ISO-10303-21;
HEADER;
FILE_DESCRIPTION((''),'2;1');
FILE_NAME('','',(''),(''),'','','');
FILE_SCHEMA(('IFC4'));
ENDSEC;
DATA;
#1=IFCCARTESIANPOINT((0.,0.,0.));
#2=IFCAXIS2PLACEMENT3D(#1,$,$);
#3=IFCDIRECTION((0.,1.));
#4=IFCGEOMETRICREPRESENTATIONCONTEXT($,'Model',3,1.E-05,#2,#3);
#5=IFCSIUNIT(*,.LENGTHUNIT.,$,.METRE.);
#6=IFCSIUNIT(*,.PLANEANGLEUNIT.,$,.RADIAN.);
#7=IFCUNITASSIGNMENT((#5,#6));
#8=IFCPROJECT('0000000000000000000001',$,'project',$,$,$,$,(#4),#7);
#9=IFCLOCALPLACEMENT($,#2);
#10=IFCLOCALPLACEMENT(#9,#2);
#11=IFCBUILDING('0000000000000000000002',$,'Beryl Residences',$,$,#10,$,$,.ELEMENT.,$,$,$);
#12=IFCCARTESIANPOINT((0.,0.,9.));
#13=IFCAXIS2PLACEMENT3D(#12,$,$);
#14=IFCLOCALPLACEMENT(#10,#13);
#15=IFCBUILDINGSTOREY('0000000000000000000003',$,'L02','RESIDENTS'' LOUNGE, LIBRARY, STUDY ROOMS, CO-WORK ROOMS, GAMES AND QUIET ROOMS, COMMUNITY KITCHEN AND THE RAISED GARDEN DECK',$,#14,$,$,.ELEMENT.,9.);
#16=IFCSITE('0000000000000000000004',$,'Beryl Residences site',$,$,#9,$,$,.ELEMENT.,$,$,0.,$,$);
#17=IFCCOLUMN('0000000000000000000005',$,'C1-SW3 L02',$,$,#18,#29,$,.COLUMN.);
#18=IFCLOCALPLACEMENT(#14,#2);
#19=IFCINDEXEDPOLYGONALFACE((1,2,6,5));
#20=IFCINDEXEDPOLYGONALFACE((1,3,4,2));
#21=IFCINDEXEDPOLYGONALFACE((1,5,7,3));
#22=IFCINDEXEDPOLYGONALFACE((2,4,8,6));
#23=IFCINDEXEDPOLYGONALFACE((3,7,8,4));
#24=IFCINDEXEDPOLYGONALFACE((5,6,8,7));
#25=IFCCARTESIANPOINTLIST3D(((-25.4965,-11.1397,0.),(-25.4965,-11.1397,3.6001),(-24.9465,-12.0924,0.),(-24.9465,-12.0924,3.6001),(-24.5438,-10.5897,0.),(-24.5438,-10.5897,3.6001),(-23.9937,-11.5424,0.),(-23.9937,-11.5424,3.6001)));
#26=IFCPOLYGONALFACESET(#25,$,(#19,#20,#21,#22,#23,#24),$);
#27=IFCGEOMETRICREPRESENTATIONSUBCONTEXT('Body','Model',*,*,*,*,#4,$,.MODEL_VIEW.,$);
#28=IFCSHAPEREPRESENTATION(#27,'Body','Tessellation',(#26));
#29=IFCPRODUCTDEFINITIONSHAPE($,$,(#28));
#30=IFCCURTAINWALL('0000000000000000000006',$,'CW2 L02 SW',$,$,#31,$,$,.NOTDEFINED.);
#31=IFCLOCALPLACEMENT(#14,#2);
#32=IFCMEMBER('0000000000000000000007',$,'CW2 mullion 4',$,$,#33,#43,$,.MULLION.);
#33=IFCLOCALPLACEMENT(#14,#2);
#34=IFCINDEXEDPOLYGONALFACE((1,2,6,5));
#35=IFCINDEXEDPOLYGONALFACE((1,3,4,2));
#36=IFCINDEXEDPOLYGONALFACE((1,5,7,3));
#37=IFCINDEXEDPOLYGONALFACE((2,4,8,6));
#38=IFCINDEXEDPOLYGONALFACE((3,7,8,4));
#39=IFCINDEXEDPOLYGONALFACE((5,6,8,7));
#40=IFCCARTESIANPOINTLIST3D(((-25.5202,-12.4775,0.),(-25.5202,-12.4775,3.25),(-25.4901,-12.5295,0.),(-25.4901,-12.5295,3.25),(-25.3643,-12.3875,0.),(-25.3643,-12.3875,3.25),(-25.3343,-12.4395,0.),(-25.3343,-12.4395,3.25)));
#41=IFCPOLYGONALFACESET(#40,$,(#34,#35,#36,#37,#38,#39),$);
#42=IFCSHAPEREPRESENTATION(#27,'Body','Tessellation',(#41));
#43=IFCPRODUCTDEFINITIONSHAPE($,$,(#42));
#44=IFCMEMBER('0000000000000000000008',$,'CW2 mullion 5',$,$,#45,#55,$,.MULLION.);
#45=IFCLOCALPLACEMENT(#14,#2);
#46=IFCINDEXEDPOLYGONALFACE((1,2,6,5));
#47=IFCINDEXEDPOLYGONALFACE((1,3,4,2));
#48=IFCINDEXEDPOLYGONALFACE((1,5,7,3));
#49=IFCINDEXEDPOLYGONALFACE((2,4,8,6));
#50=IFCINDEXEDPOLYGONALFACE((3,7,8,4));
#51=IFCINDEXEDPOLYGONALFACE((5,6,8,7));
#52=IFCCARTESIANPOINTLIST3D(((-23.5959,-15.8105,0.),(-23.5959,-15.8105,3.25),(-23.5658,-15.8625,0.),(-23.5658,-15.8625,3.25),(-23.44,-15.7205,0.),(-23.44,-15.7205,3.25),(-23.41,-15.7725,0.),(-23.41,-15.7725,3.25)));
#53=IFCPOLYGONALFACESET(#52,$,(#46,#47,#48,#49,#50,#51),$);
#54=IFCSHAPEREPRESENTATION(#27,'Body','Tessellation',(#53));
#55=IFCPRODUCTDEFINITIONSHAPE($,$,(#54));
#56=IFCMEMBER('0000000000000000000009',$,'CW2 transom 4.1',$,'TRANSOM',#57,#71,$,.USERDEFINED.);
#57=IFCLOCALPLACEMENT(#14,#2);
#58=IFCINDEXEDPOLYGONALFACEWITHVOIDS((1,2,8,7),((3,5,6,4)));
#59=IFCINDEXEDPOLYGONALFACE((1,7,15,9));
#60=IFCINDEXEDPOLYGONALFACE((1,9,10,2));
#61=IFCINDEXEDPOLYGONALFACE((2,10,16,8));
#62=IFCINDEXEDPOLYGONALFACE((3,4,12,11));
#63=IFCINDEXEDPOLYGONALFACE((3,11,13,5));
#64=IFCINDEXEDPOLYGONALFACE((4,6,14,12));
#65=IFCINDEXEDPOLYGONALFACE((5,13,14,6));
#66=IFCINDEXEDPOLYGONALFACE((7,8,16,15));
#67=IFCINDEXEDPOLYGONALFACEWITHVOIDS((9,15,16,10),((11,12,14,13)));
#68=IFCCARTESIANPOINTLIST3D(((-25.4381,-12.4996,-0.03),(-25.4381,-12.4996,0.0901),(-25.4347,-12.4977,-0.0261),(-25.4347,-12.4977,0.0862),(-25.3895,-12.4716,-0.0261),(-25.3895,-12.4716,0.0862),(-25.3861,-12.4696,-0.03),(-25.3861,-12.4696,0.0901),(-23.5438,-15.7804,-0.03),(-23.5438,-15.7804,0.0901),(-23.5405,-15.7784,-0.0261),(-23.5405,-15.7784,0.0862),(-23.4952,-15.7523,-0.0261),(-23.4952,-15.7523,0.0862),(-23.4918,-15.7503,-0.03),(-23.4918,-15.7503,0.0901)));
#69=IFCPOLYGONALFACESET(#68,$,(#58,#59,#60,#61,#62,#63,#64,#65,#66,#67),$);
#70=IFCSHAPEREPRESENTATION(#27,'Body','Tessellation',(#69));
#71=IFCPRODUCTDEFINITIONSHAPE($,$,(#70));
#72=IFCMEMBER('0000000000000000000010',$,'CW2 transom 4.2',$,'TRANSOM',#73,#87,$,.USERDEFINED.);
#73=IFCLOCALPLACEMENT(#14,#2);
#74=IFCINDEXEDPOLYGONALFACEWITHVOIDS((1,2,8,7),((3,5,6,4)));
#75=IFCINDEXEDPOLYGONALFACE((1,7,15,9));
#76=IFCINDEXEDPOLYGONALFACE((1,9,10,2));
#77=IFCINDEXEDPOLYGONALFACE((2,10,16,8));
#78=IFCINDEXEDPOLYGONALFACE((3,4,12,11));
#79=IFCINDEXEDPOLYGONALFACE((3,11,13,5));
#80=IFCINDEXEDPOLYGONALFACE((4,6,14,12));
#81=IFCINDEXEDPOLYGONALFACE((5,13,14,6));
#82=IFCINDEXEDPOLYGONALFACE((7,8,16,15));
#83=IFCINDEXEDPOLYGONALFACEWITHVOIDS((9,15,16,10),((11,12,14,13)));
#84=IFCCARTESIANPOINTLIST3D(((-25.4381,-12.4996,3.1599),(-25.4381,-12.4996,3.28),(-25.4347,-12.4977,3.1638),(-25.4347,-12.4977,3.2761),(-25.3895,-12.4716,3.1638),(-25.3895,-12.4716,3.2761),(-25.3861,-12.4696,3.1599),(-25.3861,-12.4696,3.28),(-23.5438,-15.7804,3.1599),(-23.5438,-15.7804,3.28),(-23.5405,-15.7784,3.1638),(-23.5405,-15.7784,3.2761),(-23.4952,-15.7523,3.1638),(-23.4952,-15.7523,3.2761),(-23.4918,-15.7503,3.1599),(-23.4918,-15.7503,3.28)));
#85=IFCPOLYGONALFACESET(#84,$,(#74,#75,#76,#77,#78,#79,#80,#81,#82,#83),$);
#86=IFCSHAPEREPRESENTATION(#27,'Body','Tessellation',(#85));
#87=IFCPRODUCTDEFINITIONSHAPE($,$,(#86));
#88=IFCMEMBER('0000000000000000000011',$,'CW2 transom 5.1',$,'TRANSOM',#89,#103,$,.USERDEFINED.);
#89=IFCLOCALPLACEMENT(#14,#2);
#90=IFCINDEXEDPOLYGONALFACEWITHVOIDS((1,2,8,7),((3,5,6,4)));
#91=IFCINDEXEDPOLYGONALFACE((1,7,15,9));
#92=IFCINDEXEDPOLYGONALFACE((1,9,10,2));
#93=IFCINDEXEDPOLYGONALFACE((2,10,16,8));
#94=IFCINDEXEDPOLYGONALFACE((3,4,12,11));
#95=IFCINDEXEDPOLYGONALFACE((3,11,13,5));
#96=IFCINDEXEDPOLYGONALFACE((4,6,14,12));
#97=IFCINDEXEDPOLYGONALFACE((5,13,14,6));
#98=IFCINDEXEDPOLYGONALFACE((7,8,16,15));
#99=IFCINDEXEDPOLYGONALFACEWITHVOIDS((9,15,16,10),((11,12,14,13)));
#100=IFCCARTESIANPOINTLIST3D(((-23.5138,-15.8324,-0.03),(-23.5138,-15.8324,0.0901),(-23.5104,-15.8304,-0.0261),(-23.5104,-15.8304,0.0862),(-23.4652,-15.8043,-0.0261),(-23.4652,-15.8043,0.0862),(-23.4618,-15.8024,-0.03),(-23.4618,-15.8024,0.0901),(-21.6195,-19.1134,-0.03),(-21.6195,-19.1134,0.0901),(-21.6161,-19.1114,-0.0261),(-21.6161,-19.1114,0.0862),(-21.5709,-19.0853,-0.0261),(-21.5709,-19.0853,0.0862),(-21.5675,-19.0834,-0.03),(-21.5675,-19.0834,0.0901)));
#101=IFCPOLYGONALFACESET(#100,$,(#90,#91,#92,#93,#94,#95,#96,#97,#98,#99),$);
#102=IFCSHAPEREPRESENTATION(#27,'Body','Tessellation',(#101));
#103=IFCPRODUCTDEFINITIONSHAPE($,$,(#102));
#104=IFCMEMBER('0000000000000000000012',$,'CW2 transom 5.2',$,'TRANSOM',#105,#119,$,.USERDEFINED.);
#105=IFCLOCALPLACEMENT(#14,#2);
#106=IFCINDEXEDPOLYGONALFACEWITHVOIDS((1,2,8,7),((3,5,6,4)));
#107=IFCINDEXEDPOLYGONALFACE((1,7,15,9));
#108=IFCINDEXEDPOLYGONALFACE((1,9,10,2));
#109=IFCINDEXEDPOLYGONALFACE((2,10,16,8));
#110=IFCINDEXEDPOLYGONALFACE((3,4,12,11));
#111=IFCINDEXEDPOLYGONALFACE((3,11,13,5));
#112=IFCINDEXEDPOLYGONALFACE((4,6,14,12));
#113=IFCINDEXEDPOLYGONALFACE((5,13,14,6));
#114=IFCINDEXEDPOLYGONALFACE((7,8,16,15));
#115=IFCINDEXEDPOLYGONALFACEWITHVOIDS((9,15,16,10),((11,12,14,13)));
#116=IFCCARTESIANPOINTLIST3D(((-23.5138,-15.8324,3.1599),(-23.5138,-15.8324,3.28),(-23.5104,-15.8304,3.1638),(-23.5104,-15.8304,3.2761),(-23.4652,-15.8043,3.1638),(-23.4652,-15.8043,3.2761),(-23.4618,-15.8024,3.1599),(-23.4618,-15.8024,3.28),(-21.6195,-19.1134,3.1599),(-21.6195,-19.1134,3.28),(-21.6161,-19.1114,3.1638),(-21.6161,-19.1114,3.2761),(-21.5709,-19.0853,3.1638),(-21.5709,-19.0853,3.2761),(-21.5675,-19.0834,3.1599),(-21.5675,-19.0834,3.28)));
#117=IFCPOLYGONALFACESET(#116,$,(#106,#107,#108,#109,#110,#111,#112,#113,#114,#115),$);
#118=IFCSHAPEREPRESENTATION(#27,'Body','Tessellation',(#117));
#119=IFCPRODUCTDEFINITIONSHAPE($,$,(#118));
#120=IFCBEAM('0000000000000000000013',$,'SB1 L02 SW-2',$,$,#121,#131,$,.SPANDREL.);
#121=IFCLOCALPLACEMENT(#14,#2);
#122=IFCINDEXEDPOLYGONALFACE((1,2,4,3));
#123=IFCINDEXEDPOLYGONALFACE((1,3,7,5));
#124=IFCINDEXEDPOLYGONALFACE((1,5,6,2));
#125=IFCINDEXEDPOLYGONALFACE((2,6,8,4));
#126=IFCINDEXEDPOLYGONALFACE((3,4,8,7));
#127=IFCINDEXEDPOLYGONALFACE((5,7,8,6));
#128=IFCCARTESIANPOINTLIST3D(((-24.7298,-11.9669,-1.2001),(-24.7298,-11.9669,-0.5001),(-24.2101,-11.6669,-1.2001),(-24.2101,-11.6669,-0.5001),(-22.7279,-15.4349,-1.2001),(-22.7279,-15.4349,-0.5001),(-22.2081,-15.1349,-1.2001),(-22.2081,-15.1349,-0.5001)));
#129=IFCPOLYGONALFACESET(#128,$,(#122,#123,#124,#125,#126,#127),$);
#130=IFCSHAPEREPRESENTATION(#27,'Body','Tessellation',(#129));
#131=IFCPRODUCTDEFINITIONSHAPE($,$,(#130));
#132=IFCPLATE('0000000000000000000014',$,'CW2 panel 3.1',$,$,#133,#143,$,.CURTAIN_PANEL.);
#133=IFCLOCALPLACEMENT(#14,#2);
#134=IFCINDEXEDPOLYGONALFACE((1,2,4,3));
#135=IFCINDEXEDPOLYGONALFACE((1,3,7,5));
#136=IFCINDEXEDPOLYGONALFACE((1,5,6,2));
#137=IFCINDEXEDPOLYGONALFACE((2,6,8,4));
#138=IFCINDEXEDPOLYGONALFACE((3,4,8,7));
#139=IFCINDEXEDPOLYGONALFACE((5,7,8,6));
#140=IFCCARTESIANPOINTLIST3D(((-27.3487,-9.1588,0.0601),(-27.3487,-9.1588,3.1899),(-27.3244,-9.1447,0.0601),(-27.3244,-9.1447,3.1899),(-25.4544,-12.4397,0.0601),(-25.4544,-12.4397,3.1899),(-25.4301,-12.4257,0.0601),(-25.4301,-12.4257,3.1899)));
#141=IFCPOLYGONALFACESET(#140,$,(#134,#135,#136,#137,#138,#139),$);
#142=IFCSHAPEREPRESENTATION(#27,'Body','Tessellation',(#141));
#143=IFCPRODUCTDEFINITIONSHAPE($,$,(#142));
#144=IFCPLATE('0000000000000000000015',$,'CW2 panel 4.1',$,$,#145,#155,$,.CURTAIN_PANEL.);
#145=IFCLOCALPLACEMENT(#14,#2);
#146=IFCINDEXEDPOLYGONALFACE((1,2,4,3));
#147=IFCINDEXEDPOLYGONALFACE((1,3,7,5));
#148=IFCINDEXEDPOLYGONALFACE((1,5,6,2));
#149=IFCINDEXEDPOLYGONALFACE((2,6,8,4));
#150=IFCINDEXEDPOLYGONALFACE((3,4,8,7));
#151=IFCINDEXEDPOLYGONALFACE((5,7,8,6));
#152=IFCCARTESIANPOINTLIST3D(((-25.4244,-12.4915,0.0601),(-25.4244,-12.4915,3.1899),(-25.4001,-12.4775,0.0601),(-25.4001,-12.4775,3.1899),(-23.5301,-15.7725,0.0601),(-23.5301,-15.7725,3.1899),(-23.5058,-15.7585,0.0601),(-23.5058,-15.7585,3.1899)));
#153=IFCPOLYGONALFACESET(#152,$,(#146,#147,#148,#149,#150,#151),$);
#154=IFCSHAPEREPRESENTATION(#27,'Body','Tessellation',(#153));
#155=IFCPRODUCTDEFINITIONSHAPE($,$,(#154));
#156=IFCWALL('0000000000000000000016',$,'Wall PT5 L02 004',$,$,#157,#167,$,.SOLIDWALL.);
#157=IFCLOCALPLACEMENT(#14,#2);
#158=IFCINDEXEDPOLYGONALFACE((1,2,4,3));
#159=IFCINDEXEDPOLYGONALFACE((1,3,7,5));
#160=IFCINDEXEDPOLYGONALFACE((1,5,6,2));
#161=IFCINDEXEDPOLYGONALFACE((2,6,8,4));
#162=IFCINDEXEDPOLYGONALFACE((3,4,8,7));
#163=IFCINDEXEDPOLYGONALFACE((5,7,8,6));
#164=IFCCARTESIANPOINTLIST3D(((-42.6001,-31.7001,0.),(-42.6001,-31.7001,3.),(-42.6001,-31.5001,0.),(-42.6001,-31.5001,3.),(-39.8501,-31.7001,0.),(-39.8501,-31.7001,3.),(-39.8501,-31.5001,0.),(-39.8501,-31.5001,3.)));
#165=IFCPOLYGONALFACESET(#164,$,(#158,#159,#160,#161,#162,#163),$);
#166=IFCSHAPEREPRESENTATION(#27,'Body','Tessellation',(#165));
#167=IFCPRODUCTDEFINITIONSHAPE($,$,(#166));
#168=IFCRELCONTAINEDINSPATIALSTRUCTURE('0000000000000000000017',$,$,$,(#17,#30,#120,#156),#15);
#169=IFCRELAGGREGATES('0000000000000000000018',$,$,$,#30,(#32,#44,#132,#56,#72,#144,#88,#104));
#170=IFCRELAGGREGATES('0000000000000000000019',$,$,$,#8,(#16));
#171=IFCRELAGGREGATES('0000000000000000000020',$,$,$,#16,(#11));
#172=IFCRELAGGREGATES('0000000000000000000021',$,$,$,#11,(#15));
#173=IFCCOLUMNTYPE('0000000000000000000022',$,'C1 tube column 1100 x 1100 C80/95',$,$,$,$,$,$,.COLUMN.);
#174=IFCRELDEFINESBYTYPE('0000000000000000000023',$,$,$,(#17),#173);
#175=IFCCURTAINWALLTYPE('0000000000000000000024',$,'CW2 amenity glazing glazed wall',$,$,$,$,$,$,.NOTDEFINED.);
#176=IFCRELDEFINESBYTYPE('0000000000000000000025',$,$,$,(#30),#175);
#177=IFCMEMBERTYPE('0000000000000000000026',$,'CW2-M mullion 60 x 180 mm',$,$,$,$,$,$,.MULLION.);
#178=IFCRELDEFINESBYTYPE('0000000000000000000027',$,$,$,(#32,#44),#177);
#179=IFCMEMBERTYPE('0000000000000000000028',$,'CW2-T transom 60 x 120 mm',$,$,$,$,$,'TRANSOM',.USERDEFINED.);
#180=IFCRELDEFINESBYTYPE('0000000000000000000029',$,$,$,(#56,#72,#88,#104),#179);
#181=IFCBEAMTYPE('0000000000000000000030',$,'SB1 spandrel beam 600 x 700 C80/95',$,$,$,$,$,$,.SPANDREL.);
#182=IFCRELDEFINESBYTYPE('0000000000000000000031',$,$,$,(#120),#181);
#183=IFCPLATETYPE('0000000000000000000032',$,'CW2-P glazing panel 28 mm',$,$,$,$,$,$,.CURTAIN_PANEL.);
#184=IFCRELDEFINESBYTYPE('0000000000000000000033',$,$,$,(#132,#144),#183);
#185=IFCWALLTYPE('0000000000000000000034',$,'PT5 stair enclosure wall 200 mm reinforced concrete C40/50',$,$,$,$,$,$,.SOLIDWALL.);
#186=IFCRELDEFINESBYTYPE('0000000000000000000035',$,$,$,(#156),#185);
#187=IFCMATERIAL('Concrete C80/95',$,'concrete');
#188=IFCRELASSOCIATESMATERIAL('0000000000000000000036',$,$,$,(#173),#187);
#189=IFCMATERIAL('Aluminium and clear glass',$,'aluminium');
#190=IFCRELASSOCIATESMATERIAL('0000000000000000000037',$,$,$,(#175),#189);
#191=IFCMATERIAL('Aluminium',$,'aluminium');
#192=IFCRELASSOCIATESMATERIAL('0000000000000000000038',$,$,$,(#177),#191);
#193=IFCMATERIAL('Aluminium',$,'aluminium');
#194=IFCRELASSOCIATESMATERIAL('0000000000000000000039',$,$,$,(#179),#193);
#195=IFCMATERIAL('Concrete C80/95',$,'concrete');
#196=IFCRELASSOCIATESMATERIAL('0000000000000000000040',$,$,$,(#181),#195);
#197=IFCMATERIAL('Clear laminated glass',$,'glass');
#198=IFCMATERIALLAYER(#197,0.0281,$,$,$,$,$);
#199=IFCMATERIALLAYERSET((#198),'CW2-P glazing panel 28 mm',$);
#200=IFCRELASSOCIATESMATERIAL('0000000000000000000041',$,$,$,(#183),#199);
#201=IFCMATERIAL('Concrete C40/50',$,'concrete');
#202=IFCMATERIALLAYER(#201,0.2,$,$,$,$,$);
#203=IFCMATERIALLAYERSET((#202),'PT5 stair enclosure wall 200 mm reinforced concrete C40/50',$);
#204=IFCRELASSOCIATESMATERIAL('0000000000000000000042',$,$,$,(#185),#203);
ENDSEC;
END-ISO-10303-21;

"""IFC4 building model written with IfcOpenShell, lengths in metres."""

from ifc_helpers import new_model, si_unit, direction, frame, frame_2d, origin, origin_2d, place, context, subcontext, project, spatial, rectangle, hollow_rectangle, extrude, material, layer, layer_set, material_profile, profile_set, type_object, element, aggregate, save


model = new_model("IFC4")

# Units and contexts
model_context = context("Model", 3, precision=1e-05, world=origin(), true_north=direction((0.0, 1.0)))
body_context = subcontext(model_context, "Body", "Model", "MODEL_VIEW")
ifc_project = project(units=[si_unit("LENGTHUNIT", "METRE"), si_unit("PLANEANGLEUNIT", "RADIAN")], contexts=[model_context])

# Site, building, storey
site_placement = place(None, origin())
site = spatial("IfcSite", under=ifc_project, at=site_placement, Name="Beryl Residences site", CompositionType="ELEMENT", RefElevation=0.0)
building_placement = place(site_placement, origin())
building = spatial("IfcBuilding", under=site, at=building_placement, Name="Beryl Residences", CompositionType="ELEMENT")
storey_placement = place(building_placement, frame((0.0, 0.0, 9.0)))
storey = spatial("IfcBuildingStorey", under=building, at=storey_placement, Name="L02", Description="RESIDENTS' LOUNGE, LIBRARY, STUDY ROOMS, CO-WORK ROOMS, GAMES AND QUIET ROOMS, COMMUNITY KITCHEN AND THE RAISED GARDEN DECK", CompositionType="ELEMENT", Elevation=9.0)

# Column
ifc_material_1 = material(Name="Concrete C80/95", Category="concrete")
ifc_material_profile_1 = material_profile(ifc_material_1, rectangle(XDim=1.1001, YDim=1.1001, at=origin_2d()))
ifc_profile_set_1 = profile_set([ifc_material_profile_1], Name="Concrete C80/95")
column_type = type_object("IfcColumnType", Name="C1 tube column 1100 x 1100 C80/95", PredefinedType="COLUMN", material=ifc_profile_set_1)
column_placement = place(storey_placement, frame((-24.7451, -11.3411, 0.0), z_axis=(0.0, 0.0, 1.0), x_axis=(0.499985, -0.866034, 0.0)))
element("IfcColumn", 1, at=column_placement, inside=storey, type_object=column_type, Name="C1-SW3 L02", PredefinedType="COLUMN", context=body_context, shape_type="SweptSolid", body=[
    extrude(rectangle(XDim=1.1001, YDim=1.1001, at=origin_2d()), origin(), (0.0, 0.0, 1.0), 3.6001),
])

# Curtain wall, members
ifc_material_2 = material(Name="Aluminium and clear glass", Category="aluminium")
curtain_wall_type = type_object("IfcCurtainWallType", Name="CW2 amenity glazing glazed wall", PredefinedType="NOTDEFINED", material=ifc_material_2)
curtain_wall_placement = place(storey_placement, origin())
curtain_wall = element("IfcCurtainWall", 2, at=curtain_wall_placement, inside=storey, type_object=curtain_wall_type, Name="CW2 L02 SW", PredefinedType="NOTDEFINED")
ifc_material_3 = material(Name="Aluminium", Category="aluminium")
ifc_material_profile_2 = material_profile(ifc_material_3, rectangle(XDim=0.0601, YDim=0.1799, at=origin_2d()))
ifc_profile_set_2 = profile_set([ifc_material_profile_2], Name="Aluminium")
member_type_1 = type_object("IfcMemberType", Name="CW2-M mullion 60 x 180 mm", PredefinedType="MULLION", material=ifc_profile_set_2)
member_1_placement = place(storey_placement, frame((-25.4272, -12.4585, 0.0), z_axis=(0.0, 0.0, 1.0), x_axis=(0.500012, -0.866019, 0.0)))
member_1 = element("IfcMember", 3, at=member_1_placement, type_object=member_type_1, Name="CW2 mullion 4", PredefinedType="MULLION", context=body_context, shape_type="SweptSolid", body=[
    extrude(rectangle(XDim=0.0601, YDim=0.1799, at=origin_2d()), origin(), (0.0, 0.0, 1.0), 3.25),
])
member_2_placement = place(storey_placement, frame((-23.5029, -15.7915, 0.0), z_axis=(0.0, 0.0, 1.0), x_axis=(0.500012, -0.866019, 0.0)))
member_2 = element("IfcMember", 4, at=member_2_placement, type_object=member_type_1, Name="CW2 mullion 5", PredefinedType="MULLION", context=body_context, shape_type="SweptSolid", body=[
    extrude(rectangle(XDim=0.0601, YDim=0.1799, at=origin_2d()), origin(), (0.0, 0.0, 1.0), 3.25),
])
ifc_material_4 = material(Name="Aluminium", Category="aluminium")
ifc_material_profile_3 = material_profile(ifc_material_4, hollow_rectangle(XDim=0.0601, YDim=0.1201, WallThickness=0.0039, at=origin_2d()))
ifc_profile_set_3 = profile_set([ifc_material_profile_3], Name="Aluminium")
member_type_2 = type_object("IfcMemberType", Name="CW2-T transom 60 x 120 mm", ElementType="TRANSOM", PredefinedType="USERDEFINED", material=ifc_profile_set_3)
member_3_placement = place(storey_placement, frame((-25.4121, -12.4846, 0.03), z_axis=(0.500027, -0.86601, 0.0), x_axis=(0.86601, 0.500027, 0.0)))
member_3 = element("IfcMember", 5, at=member_3_placement, type_object=member_type_2, Name="CW2 transom 4.1", ObjectType="TRANSOM", PredefinedType="USERDEFINED", context=body_context, shape_type="SweptSolid", body=[
    extrude(hollow_rectangle(XDim=0.0601, YDim=0.1201, WallThickness=0.0039, at=origin_2d()), origin(), (0.0, 0.0, 1.0), 3.7883),
])
member_4_placement = place(storey_placement, frame((-25.4121, -12.4846, 3.22), z_axis=(0.500027, -0.86601, 0.0), x_axis=(0.86601, 0.500027, 0.0)))
member_4 = element("IfcMember", 6, at=member_4_placement, type_object=member_type_2, Name="CW2 transom 4.2", ObjectType="TRANSOM", PredefinedType="USERDEFINED", context=body_context, shape_type="SweptSolid", body=[
    extrude(hollow_rectangle(XDim=0.0601, YDim=0.1201, WallThickness=0.0039, at=origin_2d()), origin(), (0.0, 0.0, 1.0), 3.7883),
])
member_5_placement = place(storey_placement, frame((-23.4878, -15.8174, 0.03), z_axis=(0.5, -0.866026, 0.0), x_axis=(0.866026, 0.5, 0.0)))
member_5 = element("IfcMember", 7, at=member_5_placement, type_object=member_type_2, Name="CW2 transom 5.1", ObjectType="TRANSOM", PredefinedType="USERDEFINED", context=body_context, shape_type="SweptSolid", body=[
    extrude(hollow_rectangle(XDim=0.0601, YDim=0.1201, WallThickness=0.0039, at=origin_2d()), origin(), (0.0, 0.0, 1.0), 3.7886),
])
member_6_placement = place(storey_placement, frame((-23.4878, -15.8174, 3.22), z_axis=(0.5, -0.866026, 0.0), x_axis=(0.866026, 0.5, 0.0)))
member_6 = element("IfcMember", 8, at=member_6_placement, type_object=member_type_2, Name="CW2 transom 5.2", ObjectType="TRANSOM", PredefinedType="USERDEFINED", context=body_context, shape_type="SweptSolid", body=[
    extrude(hollow_rectangle(XDim=0.0601, YDim=0.1201, WallThickness=0.0039, at=origin_2d()), origin(), (0.0, 0.0, 1.0), 3.7886),
])

# Beam
ifc_material_5 = material(Name="Concrete C80/95", Category="concrete")
ifc_material_profile_4 = material_profile(ifc_material_5, rectangle(XDim=0.6001, YDim=0.7, at=origin_2d()))
ifc_profile_set_4 = profile_set([ifc_material_profile_4], Name="Concrete C80/95")
beam_type = type_object("IfcBeamType", Name="SB1 spandrel beam 600 x 700 C80/95", PredefinedType="SPANDREL", material=ifc_profile_set_4)
beam_placement = place(storey_placement, frame((-24.47, -11.8169, -0.8501), z_axis=(0.499942, -0.866059, 0.0), x_axis=(0.866059, 0.499942, 0.0)))
element("IfcBeam", 9, at=beam_placement, inside=storey, type_object=beam_type, Name="SB1 L02 SW-2", PredefinedType="SPANDREL", context=body_context, shape_type="SweptSolid", body=[
    extrude(rectangle(XDim=0.6001, YDim=0.7, at=origin_2d()), origin(), (0.0, 0.0, 1.0), 4.0044),
])

# Plates
ifc_material_6 = material(Name="Clear laminated glass", Category="glass")
ifc_layer_1 = layer(ifc_material_6, 0.0281)
ifc_layer_set_1 = layer_set([ifc_layer_1], Name="CW2-P glazing panel 28 mm")
plate_type = type_object("IfcPlateType", Name="CW2-P glazing panel 28 mm", PredefinedType="CURTAIN_PANEL", material=ifc_layer_set_1)
plate_1_placement = place(storey_placement, frame((-26.3894, -10.7922, 0.0601), z_axis=(0.0, 0.0, 1.0), x_axis=(0.500012, -0.866019, 0.0)))
plate_1 = element("IfcPlate", 10, at=plate_1_placement, type_object=plate_type, Name="CW2 panel 3.1", PredefinedType="CURTAIN_PANEL", context=body_context, shape_type="SweptSolid", body=[
    extrude(rectangle(XDim=3.7886, YDim=0.0281, at=origin_2d()), origin(), (0.0, 0.0, 1.0), 3.1299),
])
plate_2_placement = place(storey_placement, frame((-24.4651, -14.125, 0.0601), z_axis=(0.0, 0.0, 1.0), x_axis=(0.500012, -0.866019, 0.0)))
plate_2 = element("IfcPlate", 11, at=plate_2_placement, type_object=plate_type, Name="CW2 panel 4.1", PredefinedType="CURTAIN_PANEL", context=body_context, shape_type="SweptSolid", body=[
    extrude(rectangle(XDim=3.7886, YDim=0.0281, at=origin_2d()), origin(), (0.0, 0.0, 1.0), 3.1299),
])
aggregate(curtain_wall, [member_1, member_2, plate_1, member_3, member_4, plate_2, member_5, member_6])

# Wall
ifc_material_7 = material(Name="Concrete C40/50", Category="concrete")
ifc_layer_2 = layer(ifc_material_7, 0.2)
ifc_layer_set_2 = layer_set([ifc_layer_2], Name="PT5 stair enclosure wall 200 mm reinforced concrete C40/50")
wall_type = type_object("IfcWallType", Name="PT5 stair enclosure wall 200 mm reinforced concrete C40/50", PredefinedType="SOLIDWALL", material=ifc_layer_set_2)
wall_1_placement = place(storey_placement, frame((-42.6001, -31.6001, 0.0), z_axis=(0.0, 0.0, 1.0), x_axis=(1.0, 0.0, 0.0)))
element("IfcWall", 12, at=wall_1_placement, inside=storey, type_object=wall_type, Name="Wall PT5 L02 004", PredefinedType="SOLIDWALL", context=body_context, shape_type="SweptSolid", body=[
    extrude(rectangle(XDim=2.75, YDim=0.2, at=frame_2d((1.375, 0.0))), origin(), (0.0, 0.0, 1.0), 3.0),
])

save(model, "model.ifc")
